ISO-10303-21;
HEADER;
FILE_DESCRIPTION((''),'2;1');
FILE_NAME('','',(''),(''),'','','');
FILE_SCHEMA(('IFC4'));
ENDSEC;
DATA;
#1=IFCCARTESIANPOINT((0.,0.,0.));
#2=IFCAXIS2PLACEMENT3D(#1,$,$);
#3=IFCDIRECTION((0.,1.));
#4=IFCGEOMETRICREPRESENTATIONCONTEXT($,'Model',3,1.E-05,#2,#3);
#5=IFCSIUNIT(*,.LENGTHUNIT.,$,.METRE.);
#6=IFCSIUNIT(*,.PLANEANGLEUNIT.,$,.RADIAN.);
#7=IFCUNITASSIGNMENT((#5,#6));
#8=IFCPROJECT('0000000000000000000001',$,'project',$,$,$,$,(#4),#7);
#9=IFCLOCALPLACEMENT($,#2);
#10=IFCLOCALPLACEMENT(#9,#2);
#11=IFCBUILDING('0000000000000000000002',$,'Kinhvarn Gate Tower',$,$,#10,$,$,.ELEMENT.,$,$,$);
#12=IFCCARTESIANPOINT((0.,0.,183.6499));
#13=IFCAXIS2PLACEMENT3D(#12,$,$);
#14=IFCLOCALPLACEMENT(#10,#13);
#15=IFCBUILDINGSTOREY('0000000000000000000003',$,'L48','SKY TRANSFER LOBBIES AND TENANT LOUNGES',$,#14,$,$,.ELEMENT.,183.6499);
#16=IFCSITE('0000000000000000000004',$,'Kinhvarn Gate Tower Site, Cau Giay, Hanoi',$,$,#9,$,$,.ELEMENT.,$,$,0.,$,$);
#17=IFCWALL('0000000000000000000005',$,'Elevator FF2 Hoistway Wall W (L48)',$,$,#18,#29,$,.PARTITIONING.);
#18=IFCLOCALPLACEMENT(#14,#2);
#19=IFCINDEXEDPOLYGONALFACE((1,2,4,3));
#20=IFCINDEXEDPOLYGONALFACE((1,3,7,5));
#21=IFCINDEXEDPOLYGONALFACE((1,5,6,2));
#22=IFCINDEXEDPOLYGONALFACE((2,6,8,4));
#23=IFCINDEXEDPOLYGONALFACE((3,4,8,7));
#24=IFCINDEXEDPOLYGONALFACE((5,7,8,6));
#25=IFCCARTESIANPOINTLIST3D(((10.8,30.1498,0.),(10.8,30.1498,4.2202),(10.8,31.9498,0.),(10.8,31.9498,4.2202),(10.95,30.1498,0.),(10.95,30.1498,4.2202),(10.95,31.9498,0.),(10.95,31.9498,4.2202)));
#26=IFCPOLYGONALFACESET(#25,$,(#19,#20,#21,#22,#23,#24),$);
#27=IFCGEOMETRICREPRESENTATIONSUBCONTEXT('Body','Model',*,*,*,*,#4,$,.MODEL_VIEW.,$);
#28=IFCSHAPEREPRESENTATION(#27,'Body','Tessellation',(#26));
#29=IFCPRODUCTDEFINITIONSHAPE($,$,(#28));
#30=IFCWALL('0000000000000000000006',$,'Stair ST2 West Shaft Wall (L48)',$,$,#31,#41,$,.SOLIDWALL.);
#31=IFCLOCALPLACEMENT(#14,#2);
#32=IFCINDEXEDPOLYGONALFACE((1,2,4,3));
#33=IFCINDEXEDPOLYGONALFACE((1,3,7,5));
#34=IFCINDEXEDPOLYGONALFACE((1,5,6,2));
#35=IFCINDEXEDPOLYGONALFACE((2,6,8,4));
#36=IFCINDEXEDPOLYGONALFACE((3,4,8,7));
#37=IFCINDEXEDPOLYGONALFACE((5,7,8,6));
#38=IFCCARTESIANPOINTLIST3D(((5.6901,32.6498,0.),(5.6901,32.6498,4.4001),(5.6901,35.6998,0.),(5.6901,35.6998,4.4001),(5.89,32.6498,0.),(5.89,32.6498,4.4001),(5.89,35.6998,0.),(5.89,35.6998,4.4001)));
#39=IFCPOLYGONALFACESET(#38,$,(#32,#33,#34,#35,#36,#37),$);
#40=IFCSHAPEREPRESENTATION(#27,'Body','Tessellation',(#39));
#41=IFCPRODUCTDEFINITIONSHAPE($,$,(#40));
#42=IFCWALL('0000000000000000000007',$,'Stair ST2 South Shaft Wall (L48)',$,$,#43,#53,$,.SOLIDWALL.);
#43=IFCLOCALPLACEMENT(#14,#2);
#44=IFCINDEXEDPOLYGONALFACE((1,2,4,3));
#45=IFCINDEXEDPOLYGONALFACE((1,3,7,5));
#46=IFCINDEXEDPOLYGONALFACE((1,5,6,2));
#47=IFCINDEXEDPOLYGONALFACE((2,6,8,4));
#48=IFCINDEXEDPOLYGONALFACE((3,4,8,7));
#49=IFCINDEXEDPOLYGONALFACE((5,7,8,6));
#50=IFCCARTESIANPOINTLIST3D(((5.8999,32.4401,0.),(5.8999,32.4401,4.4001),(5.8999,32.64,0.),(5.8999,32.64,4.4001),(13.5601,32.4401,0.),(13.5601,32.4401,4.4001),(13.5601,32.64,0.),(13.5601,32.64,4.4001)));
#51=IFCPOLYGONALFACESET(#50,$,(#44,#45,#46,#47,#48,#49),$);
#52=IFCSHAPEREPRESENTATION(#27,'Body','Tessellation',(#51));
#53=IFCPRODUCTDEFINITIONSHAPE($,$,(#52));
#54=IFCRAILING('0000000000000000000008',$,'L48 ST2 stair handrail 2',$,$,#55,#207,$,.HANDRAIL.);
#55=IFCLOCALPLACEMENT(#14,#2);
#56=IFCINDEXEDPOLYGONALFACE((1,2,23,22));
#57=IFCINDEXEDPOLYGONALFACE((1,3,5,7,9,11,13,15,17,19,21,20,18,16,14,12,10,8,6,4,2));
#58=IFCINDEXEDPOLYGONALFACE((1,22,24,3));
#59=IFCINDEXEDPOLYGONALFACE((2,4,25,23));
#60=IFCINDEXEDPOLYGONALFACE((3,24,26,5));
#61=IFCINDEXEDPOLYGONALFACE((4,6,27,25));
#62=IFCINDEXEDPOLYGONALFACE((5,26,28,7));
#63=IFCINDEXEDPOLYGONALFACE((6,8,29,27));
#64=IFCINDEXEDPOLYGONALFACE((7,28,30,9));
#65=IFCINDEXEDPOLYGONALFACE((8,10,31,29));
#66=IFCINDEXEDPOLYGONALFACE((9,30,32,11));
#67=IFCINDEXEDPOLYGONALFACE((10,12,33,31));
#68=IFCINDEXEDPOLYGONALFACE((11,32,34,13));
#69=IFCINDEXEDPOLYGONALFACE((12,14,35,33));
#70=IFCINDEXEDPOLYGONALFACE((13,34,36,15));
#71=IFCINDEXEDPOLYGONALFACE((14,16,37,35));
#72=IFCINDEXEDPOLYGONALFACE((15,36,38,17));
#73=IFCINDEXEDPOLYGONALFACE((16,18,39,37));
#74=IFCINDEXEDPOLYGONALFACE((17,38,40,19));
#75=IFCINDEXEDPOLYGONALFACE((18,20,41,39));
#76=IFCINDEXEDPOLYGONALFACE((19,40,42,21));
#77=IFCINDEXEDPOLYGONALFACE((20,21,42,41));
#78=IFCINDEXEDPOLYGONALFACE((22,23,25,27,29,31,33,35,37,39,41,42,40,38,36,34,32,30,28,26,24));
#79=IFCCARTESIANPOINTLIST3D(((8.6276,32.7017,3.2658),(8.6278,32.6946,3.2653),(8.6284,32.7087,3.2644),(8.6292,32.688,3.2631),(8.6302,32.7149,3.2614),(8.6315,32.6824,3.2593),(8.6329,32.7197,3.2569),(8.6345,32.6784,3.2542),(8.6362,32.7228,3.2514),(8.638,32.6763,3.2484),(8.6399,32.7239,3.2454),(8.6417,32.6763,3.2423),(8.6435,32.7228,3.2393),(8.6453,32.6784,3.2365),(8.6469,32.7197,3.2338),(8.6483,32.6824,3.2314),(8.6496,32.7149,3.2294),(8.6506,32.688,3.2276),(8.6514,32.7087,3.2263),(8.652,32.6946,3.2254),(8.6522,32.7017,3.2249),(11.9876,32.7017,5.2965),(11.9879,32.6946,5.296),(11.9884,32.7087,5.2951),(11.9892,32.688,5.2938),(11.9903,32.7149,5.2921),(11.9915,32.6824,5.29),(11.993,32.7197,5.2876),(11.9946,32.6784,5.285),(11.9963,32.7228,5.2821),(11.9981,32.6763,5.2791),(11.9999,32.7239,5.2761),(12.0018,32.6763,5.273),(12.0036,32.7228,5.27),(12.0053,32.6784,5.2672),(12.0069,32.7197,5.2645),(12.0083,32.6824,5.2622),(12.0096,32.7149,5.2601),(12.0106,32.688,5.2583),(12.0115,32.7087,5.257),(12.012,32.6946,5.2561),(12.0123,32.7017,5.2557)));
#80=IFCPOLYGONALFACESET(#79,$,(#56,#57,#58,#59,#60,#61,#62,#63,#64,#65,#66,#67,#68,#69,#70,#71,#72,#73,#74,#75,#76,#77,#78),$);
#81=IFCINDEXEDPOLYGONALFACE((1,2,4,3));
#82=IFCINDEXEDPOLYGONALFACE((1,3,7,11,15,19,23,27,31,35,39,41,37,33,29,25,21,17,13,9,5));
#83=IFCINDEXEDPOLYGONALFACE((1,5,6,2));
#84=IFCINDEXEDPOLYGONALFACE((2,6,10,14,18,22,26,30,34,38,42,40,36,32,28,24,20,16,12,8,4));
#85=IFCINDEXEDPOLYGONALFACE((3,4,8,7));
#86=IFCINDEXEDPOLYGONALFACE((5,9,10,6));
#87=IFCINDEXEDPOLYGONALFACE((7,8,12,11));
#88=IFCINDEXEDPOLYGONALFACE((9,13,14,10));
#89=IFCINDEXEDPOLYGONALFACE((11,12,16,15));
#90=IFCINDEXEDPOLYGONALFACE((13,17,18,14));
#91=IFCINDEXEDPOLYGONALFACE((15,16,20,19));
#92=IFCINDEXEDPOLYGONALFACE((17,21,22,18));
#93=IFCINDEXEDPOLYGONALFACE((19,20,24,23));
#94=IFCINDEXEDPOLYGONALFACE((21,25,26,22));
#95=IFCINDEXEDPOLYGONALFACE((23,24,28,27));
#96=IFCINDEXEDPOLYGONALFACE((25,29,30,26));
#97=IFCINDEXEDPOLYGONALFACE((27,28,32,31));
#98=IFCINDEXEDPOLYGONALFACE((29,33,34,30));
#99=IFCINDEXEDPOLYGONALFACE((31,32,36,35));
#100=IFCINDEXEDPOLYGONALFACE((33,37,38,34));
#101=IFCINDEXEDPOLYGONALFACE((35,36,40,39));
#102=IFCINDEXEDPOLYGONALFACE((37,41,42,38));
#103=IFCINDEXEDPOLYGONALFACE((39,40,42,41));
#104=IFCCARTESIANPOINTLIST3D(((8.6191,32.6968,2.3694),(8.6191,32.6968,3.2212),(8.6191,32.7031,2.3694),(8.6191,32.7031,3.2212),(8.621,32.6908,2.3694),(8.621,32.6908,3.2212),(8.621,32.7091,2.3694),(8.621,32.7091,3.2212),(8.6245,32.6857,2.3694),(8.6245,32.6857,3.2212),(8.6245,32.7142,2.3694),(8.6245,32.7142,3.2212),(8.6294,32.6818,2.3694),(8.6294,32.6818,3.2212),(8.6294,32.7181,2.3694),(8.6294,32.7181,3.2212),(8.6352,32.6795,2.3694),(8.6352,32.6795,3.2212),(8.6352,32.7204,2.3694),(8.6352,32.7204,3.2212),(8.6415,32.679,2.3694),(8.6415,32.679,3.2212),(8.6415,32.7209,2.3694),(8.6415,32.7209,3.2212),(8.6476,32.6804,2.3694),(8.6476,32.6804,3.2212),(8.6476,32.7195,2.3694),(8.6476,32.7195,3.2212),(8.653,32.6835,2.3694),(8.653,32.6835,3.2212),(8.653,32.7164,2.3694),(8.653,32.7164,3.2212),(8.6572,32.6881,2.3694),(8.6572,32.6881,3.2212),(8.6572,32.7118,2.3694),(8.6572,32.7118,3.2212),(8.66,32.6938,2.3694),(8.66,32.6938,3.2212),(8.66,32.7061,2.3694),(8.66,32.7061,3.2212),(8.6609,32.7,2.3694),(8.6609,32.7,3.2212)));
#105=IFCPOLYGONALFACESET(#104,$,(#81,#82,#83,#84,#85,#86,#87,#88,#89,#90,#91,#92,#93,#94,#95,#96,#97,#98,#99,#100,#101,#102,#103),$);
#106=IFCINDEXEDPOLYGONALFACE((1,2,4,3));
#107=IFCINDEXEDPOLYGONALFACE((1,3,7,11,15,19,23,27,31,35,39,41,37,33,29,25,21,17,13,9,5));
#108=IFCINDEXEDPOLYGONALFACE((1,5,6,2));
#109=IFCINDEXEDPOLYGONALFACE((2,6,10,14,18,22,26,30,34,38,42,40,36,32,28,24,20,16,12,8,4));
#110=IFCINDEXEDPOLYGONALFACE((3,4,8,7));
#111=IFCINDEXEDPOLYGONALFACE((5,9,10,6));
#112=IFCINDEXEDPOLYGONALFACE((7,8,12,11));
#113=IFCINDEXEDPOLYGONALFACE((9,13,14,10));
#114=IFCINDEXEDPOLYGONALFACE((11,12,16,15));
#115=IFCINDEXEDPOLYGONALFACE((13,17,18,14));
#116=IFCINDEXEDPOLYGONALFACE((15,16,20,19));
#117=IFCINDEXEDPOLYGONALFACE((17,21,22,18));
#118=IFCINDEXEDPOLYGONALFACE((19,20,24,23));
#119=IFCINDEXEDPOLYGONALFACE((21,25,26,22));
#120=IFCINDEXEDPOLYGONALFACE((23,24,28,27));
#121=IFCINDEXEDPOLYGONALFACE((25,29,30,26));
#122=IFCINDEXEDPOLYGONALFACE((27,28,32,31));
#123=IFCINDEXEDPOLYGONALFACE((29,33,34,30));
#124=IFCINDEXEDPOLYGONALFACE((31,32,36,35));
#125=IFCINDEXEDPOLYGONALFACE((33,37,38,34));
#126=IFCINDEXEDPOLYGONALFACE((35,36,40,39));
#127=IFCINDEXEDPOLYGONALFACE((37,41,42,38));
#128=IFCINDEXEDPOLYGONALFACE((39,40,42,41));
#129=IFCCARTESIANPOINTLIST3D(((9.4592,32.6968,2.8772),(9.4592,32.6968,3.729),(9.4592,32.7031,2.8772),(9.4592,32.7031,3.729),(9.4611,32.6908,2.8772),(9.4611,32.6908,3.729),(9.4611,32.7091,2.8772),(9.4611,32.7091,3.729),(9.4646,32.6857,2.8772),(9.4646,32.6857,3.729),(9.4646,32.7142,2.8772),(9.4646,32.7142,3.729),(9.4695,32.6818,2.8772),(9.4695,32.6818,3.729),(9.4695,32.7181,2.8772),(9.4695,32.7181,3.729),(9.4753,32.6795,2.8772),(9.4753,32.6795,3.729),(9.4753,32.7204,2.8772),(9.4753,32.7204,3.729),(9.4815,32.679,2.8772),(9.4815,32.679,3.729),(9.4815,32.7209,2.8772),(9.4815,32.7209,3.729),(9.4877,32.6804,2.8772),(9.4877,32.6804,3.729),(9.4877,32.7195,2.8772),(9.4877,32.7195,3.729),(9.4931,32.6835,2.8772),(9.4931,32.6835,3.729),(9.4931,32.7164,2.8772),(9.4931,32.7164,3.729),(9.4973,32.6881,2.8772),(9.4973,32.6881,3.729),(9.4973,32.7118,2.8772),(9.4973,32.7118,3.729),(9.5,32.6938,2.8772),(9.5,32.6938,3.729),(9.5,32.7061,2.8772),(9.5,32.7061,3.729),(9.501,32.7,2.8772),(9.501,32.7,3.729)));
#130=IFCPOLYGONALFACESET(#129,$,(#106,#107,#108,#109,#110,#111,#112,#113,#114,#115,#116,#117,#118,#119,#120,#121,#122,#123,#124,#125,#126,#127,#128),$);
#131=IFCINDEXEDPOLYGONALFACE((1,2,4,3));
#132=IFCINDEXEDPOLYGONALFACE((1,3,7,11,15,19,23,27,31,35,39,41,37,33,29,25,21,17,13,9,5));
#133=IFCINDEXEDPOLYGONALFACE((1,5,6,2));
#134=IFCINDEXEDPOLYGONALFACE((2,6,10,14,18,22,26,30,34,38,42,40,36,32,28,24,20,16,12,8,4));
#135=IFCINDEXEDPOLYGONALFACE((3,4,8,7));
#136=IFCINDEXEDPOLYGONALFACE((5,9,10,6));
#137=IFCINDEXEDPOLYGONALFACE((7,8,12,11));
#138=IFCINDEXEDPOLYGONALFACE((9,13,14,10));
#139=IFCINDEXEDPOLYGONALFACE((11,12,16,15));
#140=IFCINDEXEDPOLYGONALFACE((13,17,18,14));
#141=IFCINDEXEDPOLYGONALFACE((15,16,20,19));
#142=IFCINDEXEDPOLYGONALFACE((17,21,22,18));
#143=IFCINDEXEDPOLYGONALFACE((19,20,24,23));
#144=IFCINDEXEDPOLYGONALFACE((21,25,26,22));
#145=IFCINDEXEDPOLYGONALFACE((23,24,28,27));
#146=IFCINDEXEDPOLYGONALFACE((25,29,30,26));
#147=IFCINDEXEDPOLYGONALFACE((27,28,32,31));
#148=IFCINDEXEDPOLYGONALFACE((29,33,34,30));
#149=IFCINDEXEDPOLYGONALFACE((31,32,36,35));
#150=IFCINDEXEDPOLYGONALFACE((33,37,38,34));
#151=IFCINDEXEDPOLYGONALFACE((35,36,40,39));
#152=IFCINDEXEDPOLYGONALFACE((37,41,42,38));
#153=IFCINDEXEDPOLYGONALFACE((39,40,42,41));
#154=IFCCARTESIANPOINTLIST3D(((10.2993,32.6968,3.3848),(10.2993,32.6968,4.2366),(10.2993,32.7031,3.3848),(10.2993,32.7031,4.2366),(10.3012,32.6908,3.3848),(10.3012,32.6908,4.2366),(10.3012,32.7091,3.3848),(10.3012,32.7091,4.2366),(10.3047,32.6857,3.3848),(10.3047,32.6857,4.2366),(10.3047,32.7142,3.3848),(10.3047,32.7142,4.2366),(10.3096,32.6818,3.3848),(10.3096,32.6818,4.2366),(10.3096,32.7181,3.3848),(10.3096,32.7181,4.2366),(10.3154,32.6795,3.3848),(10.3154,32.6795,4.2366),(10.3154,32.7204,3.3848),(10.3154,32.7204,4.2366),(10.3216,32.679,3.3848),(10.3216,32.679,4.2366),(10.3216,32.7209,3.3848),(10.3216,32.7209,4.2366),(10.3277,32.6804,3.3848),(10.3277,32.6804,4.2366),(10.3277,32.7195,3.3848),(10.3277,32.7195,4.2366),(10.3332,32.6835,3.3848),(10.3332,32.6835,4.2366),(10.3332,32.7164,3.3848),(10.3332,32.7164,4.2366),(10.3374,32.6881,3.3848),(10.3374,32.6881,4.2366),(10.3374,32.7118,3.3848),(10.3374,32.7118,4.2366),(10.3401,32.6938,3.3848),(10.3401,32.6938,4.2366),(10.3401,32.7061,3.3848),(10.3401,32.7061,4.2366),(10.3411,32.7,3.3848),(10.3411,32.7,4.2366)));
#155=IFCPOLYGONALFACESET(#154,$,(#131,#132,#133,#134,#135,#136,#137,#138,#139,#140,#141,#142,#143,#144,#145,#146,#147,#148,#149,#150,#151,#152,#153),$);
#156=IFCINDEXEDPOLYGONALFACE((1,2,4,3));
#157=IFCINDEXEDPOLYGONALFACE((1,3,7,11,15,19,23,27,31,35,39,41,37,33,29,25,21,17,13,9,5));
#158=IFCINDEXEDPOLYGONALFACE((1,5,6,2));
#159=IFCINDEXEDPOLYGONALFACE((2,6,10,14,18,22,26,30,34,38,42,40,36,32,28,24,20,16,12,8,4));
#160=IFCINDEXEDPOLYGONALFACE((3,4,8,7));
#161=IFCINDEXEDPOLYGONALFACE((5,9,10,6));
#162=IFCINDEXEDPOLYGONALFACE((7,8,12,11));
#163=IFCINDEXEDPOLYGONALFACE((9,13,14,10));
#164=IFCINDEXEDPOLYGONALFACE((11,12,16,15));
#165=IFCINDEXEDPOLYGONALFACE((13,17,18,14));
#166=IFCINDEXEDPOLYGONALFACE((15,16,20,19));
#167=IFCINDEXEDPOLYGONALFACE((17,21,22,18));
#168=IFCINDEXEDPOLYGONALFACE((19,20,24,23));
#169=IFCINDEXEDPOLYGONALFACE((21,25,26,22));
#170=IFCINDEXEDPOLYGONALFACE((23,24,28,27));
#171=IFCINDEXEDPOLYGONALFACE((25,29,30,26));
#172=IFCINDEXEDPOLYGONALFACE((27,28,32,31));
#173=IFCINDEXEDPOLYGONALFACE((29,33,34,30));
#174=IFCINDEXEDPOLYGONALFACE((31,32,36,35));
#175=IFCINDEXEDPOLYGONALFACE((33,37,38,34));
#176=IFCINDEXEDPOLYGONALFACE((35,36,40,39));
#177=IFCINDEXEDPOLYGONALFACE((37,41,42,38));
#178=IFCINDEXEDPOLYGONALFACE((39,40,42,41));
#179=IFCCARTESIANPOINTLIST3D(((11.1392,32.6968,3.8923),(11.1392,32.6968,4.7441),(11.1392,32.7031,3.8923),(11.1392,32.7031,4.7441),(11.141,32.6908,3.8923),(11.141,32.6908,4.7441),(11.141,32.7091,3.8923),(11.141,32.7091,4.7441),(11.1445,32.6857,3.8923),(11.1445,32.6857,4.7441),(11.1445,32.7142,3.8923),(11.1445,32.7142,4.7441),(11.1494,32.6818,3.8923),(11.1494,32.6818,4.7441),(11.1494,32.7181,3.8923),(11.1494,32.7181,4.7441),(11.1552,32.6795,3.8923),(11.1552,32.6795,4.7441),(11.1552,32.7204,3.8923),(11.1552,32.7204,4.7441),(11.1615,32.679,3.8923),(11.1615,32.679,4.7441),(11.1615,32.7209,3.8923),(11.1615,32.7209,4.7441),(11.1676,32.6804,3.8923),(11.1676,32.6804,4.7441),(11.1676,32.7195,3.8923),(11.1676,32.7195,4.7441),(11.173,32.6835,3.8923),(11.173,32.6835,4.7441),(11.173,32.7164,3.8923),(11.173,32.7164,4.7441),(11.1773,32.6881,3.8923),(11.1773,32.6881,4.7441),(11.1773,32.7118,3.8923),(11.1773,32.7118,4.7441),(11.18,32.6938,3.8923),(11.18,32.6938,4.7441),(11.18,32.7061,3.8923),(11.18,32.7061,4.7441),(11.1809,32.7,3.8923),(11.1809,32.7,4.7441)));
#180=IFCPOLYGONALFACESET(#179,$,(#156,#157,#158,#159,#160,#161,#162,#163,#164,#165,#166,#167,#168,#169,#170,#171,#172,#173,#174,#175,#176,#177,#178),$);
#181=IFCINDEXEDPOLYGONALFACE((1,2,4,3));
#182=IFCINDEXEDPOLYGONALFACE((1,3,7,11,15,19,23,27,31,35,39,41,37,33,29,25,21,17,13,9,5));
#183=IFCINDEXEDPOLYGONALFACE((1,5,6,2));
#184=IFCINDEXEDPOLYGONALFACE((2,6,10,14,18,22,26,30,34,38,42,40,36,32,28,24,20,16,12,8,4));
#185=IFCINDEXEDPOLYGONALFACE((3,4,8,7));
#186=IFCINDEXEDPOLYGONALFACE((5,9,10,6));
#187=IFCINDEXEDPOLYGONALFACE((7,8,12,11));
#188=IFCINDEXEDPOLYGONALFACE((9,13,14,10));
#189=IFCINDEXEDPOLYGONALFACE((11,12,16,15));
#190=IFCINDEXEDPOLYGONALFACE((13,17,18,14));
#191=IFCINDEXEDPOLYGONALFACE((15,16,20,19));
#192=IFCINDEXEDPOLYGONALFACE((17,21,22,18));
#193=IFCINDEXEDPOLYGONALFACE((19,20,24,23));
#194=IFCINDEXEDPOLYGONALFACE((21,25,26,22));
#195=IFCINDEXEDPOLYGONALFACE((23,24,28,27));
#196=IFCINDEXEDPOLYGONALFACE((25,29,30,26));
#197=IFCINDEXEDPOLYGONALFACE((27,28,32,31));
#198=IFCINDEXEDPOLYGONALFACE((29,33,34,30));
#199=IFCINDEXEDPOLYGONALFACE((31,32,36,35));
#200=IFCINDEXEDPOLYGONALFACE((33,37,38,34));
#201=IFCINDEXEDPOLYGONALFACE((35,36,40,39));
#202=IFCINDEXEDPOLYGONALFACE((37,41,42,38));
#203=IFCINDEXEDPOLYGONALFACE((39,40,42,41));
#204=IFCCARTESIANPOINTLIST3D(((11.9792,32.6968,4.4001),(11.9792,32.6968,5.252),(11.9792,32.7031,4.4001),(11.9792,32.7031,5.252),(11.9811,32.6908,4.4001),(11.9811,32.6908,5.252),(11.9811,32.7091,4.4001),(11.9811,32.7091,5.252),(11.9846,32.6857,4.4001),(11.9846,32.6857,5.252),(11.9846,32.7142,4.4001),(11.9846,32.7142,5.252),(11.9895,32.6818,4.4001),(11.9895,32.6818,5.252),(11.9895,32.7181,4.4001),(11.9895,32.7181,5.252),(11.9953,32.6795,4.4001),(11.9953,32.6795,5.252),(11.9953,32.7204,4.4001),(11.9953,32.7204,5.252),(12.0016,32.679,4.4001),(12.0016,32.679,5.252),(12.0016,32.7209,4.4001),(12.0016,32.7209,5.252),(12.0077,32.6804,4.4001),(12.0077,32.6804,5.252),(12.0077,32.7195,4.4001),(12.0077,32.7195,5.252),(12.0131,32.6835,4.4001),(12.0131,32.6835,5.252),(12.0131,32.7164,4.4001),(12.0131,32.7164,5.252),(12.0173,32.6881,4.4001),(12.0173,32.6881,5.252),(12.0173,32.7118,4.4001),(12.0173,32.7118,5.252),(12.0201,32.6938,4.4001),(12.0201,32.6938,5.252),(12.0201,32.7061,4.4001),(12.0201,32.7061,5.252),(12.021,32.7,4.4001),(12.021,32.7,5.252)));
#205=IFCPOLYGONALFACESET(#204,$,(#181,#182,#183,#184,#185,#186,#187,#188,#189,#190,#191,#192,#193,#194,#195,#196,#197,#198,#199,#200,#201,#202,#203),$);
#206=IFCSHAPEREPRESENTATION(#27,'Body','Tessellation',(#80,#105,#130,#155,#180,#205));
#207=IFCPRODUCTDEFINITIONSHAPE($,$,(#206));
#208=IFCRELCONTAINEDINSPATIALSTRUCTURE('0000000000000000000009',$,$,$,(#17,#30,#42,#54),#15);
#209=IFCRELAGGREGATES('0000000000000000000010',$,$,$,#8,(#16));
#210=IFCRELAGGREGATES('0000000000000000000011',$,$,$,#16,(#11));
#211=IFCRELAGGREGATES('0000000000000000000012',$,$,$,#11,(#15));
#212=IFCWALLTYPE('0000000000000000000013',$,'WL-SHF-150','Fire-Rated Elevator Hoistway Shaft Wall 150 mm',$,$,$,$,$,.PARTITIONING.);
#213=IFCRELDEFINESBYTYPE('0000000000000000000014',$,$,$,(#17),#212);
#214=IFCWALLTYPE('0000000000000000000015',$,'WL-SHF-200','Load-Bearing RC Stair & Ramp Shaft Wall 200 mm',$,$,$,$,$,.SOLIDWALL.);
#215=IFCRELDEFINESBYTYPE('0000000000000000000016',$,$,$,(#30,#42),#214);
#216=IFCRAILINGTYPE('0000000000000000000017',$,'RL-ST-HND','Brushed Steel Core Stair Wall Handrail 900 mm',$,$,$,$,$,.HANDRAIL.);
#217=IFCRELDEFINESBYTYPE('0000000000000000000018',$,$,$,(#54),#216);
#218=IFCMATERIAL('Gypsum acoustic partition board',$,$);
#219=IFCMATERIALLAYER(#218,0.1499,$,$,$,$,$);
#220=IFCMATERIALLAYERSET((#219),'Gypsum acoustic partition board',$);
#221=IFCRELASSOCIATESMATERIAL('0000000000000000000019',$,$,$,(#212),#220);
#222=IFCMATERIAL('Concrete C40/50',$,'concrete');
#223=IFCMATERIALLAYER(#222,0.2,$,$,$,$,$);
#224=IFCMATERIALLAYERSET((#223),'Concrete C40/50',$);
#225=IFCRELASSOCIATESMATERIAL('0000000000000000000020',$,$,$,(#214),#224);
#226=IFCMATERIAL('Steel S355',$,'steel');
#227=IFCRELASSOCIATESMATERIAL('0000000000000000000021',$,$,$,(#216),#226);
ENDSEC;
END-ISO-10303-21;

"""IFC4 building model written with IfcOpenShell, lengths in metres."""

from ifc_helpers import new_model, si_unit, direction, frame, frame_2d, origin, origin_2d, place, context, subcontext, project, spatial, rectangle, circle, extrude, material, layer, layer_set, type_object, element, save


model = new_model("IFC4")

# Units and contexts
model_context = context("Model", 3, precision=1e-05, world=origin(), true_north=direction((0.0, 1.0)))
body_context = subcontext(model_context, "Body", "Model", "MODEL_VIEW")
ifc_project = project(units=[si_unit("LENGTHUNIT", "METRE"), si_unit("PLANEANGLEUNIT", "RADIAN")], contexts=[model_context])

# Site, building, storey
site_placement = place(None, origin())
site = spatial("IfcSite", under=ifc_project, at=site_placement, Name="Kinhvarn Gate Tower Site, Cau Giay, Hanoi", CompositionType="ELEMENT", RefElevation=0.0)
building_placement = place(site_placement, origin())
building = spatial("IfcBuilding", under=site, at=building_placement, Name="Kinhvarn Gate Tower", CompositionType="ELEMENT")
storey_placement = place(building_placement, frame((0.0, 0.0, 183.6499)))
storey = spatial("IfcBuildingStorey", under=building, at=storey_placement, Name="L48", Description="SKY TRANSFER LOBBIES AND TENANT LOUNGES", CompositionType="ELEMENT", Elevation=183.6499)

# Shared definitions
ifc_material_1 = material(Name="Gypsum acoustic partition board")
ifc_layer_1 = layer(ifc_material_1, 0.1499)
ifc_layer_set_1 = layer_set([ifc_layer_1], Name="Gypsum acoustic partition board")
wall_type_1 = type_object("IfcWallType", Name="WL-SHF-150", Description="Fire-Rated Elevator Hoistway Shaft Wall 150 mm", PredefinedType="PARTITIONING", material=ifc_layer_set_1)

# Walls
wall_1_placement = place(storey_placement, frame((10.875, 30.1499, 0.0), z_axis=(0.0, 0.0, 1.0), x_axis=(0.0, 1.0, 0.0)))
element("IfcWall", 1, at=wall_1_placement, inside=storey, type_object=wall_type_1, Name="Elevator FF2 Hoistway Wall W (L48)", PredefinedType="PARTITIONING", context=body_context, shape_type="SweptSolid", body=[
    extrude(rectangle(XDim=1.8, YDim=0.1499, at=frame_2d((0.8999, 0.0))), origin(), (0.0, 0.0, 1.0), 4.2202),
])
ifc_material_2 = material(Name="Concrete C40/50", Category="concrete")
ifc_layer_2 = layer(ifc_material_2, 0.2)
ifc_layer_set_2 = layer_set([ifc_layer_2], Name="Concrete C40/50")
wall_type_2 = type_object("IfcWallType", Name="WL-SHF-200", Description="Load-Bearing RC Stair & Ramp Shaft Wall 200 mm", PredefinedType="SOLIDWALL", material=ifc_layer_set_2)
wall_2_placement = place(storey_placement, frame((5.79, 32.6499, 0.0), z_axis=(0.0, 0.0, 1.0), x_axis=(0.0, 1.0, 0.0)))
element("IfcWall", 2, at=wall_2_placement, inside=storey, type_object=wall_type_2, Name="Stair ST2 West Shaft Wall (L48)", PredefinedType="SOLIDWALL", context=body_context, shape_type="SweptSolid", body=[
    extrude(rectangle(XDim=3.05, YDim=0.2, at=frame_2d((1.5249, 0.0))), origin(), (0.0, 0.0, 1.0), 4.4001),
])
wall_3_placement = place(storey_placement, frame((5.8999, 32.54, 0.0), z_axis=(0.0, 0.0, 1.0), x_axis=(1.0, 0.0, 0.0)))
element("IfcWall", 3, at=wall_3_placement, inside=storey, type_object=wall_type_2, Name="Stair ST2 South Shaft Wall (L48)", PredefinedType="SOLIDWALL", context=body_context, shape_type="SweptSolid", body=[
    extrude(rectangle(XDim=7.6602, YDim=0.2, at=frame_2d((3.8301, 0.0))), origin(), (0.0, 0.0, 1.0), 4.4001),
])

# Railing
ifc_material_3 = material(Name="Steel S355", Category="steel")
railing_type = type_object("IfcRailingType", Name="RL-ST-HND", Description="Brushed Steel Core Stair Wall Handrail 900 mm", PredefinedType="HANDRAIL", material=ifc_material_3)
railing_placement = place(storey_placement, frame((8.6399, 32.7, 2.3694)))
element("IfcRailing", 4, at=railing_placement, inside=storey, type_object=railing_type, Name="L48 ST2 stair handrail 2", PredefinedType="HANDRAIL", context=body_context, shape_type="SweptSolid", body=[
    extrude(circle(Radius=0.0239, at=origin_2d()), frame((0.0, 0.0, 0.876), z_axis=(0.855837, 0.0, 0.517246), x_axis=(0.0, 1.0, 0.0)), (0.0, 0.0, 1.0), 3.926),
    extrude(circle(Radius=0.021, at=origin_2d()), origin(), (0.0, 0.0, 1.0), 0.8518),
    extrude(circle(Radius=0.021, at=origin_2d()), frame((0.8401, 0.0, 0.5078)), (0.0, 0.0, 1.0), 0.8518),
    extrude(circle(Radius=0.021, at=origin_2d()), frame((1.6802, 0.0, 1.0154)), (0.0, 0.0, 1.0), 0.8518),
    extrude(circle(Radius=0.021, at=origin_2d()), frame((2.52, 0.0, 1.5229)), (0.0, 0.0, 1.0), 0.8518),
    extrude(circle(Radius=0.021, at=origin_2d()), frame((3.3601, 0.0, 2.0308)), (0.0, 0.0, 1.0), 0.8518),
])

save(model, "model.ifc")
